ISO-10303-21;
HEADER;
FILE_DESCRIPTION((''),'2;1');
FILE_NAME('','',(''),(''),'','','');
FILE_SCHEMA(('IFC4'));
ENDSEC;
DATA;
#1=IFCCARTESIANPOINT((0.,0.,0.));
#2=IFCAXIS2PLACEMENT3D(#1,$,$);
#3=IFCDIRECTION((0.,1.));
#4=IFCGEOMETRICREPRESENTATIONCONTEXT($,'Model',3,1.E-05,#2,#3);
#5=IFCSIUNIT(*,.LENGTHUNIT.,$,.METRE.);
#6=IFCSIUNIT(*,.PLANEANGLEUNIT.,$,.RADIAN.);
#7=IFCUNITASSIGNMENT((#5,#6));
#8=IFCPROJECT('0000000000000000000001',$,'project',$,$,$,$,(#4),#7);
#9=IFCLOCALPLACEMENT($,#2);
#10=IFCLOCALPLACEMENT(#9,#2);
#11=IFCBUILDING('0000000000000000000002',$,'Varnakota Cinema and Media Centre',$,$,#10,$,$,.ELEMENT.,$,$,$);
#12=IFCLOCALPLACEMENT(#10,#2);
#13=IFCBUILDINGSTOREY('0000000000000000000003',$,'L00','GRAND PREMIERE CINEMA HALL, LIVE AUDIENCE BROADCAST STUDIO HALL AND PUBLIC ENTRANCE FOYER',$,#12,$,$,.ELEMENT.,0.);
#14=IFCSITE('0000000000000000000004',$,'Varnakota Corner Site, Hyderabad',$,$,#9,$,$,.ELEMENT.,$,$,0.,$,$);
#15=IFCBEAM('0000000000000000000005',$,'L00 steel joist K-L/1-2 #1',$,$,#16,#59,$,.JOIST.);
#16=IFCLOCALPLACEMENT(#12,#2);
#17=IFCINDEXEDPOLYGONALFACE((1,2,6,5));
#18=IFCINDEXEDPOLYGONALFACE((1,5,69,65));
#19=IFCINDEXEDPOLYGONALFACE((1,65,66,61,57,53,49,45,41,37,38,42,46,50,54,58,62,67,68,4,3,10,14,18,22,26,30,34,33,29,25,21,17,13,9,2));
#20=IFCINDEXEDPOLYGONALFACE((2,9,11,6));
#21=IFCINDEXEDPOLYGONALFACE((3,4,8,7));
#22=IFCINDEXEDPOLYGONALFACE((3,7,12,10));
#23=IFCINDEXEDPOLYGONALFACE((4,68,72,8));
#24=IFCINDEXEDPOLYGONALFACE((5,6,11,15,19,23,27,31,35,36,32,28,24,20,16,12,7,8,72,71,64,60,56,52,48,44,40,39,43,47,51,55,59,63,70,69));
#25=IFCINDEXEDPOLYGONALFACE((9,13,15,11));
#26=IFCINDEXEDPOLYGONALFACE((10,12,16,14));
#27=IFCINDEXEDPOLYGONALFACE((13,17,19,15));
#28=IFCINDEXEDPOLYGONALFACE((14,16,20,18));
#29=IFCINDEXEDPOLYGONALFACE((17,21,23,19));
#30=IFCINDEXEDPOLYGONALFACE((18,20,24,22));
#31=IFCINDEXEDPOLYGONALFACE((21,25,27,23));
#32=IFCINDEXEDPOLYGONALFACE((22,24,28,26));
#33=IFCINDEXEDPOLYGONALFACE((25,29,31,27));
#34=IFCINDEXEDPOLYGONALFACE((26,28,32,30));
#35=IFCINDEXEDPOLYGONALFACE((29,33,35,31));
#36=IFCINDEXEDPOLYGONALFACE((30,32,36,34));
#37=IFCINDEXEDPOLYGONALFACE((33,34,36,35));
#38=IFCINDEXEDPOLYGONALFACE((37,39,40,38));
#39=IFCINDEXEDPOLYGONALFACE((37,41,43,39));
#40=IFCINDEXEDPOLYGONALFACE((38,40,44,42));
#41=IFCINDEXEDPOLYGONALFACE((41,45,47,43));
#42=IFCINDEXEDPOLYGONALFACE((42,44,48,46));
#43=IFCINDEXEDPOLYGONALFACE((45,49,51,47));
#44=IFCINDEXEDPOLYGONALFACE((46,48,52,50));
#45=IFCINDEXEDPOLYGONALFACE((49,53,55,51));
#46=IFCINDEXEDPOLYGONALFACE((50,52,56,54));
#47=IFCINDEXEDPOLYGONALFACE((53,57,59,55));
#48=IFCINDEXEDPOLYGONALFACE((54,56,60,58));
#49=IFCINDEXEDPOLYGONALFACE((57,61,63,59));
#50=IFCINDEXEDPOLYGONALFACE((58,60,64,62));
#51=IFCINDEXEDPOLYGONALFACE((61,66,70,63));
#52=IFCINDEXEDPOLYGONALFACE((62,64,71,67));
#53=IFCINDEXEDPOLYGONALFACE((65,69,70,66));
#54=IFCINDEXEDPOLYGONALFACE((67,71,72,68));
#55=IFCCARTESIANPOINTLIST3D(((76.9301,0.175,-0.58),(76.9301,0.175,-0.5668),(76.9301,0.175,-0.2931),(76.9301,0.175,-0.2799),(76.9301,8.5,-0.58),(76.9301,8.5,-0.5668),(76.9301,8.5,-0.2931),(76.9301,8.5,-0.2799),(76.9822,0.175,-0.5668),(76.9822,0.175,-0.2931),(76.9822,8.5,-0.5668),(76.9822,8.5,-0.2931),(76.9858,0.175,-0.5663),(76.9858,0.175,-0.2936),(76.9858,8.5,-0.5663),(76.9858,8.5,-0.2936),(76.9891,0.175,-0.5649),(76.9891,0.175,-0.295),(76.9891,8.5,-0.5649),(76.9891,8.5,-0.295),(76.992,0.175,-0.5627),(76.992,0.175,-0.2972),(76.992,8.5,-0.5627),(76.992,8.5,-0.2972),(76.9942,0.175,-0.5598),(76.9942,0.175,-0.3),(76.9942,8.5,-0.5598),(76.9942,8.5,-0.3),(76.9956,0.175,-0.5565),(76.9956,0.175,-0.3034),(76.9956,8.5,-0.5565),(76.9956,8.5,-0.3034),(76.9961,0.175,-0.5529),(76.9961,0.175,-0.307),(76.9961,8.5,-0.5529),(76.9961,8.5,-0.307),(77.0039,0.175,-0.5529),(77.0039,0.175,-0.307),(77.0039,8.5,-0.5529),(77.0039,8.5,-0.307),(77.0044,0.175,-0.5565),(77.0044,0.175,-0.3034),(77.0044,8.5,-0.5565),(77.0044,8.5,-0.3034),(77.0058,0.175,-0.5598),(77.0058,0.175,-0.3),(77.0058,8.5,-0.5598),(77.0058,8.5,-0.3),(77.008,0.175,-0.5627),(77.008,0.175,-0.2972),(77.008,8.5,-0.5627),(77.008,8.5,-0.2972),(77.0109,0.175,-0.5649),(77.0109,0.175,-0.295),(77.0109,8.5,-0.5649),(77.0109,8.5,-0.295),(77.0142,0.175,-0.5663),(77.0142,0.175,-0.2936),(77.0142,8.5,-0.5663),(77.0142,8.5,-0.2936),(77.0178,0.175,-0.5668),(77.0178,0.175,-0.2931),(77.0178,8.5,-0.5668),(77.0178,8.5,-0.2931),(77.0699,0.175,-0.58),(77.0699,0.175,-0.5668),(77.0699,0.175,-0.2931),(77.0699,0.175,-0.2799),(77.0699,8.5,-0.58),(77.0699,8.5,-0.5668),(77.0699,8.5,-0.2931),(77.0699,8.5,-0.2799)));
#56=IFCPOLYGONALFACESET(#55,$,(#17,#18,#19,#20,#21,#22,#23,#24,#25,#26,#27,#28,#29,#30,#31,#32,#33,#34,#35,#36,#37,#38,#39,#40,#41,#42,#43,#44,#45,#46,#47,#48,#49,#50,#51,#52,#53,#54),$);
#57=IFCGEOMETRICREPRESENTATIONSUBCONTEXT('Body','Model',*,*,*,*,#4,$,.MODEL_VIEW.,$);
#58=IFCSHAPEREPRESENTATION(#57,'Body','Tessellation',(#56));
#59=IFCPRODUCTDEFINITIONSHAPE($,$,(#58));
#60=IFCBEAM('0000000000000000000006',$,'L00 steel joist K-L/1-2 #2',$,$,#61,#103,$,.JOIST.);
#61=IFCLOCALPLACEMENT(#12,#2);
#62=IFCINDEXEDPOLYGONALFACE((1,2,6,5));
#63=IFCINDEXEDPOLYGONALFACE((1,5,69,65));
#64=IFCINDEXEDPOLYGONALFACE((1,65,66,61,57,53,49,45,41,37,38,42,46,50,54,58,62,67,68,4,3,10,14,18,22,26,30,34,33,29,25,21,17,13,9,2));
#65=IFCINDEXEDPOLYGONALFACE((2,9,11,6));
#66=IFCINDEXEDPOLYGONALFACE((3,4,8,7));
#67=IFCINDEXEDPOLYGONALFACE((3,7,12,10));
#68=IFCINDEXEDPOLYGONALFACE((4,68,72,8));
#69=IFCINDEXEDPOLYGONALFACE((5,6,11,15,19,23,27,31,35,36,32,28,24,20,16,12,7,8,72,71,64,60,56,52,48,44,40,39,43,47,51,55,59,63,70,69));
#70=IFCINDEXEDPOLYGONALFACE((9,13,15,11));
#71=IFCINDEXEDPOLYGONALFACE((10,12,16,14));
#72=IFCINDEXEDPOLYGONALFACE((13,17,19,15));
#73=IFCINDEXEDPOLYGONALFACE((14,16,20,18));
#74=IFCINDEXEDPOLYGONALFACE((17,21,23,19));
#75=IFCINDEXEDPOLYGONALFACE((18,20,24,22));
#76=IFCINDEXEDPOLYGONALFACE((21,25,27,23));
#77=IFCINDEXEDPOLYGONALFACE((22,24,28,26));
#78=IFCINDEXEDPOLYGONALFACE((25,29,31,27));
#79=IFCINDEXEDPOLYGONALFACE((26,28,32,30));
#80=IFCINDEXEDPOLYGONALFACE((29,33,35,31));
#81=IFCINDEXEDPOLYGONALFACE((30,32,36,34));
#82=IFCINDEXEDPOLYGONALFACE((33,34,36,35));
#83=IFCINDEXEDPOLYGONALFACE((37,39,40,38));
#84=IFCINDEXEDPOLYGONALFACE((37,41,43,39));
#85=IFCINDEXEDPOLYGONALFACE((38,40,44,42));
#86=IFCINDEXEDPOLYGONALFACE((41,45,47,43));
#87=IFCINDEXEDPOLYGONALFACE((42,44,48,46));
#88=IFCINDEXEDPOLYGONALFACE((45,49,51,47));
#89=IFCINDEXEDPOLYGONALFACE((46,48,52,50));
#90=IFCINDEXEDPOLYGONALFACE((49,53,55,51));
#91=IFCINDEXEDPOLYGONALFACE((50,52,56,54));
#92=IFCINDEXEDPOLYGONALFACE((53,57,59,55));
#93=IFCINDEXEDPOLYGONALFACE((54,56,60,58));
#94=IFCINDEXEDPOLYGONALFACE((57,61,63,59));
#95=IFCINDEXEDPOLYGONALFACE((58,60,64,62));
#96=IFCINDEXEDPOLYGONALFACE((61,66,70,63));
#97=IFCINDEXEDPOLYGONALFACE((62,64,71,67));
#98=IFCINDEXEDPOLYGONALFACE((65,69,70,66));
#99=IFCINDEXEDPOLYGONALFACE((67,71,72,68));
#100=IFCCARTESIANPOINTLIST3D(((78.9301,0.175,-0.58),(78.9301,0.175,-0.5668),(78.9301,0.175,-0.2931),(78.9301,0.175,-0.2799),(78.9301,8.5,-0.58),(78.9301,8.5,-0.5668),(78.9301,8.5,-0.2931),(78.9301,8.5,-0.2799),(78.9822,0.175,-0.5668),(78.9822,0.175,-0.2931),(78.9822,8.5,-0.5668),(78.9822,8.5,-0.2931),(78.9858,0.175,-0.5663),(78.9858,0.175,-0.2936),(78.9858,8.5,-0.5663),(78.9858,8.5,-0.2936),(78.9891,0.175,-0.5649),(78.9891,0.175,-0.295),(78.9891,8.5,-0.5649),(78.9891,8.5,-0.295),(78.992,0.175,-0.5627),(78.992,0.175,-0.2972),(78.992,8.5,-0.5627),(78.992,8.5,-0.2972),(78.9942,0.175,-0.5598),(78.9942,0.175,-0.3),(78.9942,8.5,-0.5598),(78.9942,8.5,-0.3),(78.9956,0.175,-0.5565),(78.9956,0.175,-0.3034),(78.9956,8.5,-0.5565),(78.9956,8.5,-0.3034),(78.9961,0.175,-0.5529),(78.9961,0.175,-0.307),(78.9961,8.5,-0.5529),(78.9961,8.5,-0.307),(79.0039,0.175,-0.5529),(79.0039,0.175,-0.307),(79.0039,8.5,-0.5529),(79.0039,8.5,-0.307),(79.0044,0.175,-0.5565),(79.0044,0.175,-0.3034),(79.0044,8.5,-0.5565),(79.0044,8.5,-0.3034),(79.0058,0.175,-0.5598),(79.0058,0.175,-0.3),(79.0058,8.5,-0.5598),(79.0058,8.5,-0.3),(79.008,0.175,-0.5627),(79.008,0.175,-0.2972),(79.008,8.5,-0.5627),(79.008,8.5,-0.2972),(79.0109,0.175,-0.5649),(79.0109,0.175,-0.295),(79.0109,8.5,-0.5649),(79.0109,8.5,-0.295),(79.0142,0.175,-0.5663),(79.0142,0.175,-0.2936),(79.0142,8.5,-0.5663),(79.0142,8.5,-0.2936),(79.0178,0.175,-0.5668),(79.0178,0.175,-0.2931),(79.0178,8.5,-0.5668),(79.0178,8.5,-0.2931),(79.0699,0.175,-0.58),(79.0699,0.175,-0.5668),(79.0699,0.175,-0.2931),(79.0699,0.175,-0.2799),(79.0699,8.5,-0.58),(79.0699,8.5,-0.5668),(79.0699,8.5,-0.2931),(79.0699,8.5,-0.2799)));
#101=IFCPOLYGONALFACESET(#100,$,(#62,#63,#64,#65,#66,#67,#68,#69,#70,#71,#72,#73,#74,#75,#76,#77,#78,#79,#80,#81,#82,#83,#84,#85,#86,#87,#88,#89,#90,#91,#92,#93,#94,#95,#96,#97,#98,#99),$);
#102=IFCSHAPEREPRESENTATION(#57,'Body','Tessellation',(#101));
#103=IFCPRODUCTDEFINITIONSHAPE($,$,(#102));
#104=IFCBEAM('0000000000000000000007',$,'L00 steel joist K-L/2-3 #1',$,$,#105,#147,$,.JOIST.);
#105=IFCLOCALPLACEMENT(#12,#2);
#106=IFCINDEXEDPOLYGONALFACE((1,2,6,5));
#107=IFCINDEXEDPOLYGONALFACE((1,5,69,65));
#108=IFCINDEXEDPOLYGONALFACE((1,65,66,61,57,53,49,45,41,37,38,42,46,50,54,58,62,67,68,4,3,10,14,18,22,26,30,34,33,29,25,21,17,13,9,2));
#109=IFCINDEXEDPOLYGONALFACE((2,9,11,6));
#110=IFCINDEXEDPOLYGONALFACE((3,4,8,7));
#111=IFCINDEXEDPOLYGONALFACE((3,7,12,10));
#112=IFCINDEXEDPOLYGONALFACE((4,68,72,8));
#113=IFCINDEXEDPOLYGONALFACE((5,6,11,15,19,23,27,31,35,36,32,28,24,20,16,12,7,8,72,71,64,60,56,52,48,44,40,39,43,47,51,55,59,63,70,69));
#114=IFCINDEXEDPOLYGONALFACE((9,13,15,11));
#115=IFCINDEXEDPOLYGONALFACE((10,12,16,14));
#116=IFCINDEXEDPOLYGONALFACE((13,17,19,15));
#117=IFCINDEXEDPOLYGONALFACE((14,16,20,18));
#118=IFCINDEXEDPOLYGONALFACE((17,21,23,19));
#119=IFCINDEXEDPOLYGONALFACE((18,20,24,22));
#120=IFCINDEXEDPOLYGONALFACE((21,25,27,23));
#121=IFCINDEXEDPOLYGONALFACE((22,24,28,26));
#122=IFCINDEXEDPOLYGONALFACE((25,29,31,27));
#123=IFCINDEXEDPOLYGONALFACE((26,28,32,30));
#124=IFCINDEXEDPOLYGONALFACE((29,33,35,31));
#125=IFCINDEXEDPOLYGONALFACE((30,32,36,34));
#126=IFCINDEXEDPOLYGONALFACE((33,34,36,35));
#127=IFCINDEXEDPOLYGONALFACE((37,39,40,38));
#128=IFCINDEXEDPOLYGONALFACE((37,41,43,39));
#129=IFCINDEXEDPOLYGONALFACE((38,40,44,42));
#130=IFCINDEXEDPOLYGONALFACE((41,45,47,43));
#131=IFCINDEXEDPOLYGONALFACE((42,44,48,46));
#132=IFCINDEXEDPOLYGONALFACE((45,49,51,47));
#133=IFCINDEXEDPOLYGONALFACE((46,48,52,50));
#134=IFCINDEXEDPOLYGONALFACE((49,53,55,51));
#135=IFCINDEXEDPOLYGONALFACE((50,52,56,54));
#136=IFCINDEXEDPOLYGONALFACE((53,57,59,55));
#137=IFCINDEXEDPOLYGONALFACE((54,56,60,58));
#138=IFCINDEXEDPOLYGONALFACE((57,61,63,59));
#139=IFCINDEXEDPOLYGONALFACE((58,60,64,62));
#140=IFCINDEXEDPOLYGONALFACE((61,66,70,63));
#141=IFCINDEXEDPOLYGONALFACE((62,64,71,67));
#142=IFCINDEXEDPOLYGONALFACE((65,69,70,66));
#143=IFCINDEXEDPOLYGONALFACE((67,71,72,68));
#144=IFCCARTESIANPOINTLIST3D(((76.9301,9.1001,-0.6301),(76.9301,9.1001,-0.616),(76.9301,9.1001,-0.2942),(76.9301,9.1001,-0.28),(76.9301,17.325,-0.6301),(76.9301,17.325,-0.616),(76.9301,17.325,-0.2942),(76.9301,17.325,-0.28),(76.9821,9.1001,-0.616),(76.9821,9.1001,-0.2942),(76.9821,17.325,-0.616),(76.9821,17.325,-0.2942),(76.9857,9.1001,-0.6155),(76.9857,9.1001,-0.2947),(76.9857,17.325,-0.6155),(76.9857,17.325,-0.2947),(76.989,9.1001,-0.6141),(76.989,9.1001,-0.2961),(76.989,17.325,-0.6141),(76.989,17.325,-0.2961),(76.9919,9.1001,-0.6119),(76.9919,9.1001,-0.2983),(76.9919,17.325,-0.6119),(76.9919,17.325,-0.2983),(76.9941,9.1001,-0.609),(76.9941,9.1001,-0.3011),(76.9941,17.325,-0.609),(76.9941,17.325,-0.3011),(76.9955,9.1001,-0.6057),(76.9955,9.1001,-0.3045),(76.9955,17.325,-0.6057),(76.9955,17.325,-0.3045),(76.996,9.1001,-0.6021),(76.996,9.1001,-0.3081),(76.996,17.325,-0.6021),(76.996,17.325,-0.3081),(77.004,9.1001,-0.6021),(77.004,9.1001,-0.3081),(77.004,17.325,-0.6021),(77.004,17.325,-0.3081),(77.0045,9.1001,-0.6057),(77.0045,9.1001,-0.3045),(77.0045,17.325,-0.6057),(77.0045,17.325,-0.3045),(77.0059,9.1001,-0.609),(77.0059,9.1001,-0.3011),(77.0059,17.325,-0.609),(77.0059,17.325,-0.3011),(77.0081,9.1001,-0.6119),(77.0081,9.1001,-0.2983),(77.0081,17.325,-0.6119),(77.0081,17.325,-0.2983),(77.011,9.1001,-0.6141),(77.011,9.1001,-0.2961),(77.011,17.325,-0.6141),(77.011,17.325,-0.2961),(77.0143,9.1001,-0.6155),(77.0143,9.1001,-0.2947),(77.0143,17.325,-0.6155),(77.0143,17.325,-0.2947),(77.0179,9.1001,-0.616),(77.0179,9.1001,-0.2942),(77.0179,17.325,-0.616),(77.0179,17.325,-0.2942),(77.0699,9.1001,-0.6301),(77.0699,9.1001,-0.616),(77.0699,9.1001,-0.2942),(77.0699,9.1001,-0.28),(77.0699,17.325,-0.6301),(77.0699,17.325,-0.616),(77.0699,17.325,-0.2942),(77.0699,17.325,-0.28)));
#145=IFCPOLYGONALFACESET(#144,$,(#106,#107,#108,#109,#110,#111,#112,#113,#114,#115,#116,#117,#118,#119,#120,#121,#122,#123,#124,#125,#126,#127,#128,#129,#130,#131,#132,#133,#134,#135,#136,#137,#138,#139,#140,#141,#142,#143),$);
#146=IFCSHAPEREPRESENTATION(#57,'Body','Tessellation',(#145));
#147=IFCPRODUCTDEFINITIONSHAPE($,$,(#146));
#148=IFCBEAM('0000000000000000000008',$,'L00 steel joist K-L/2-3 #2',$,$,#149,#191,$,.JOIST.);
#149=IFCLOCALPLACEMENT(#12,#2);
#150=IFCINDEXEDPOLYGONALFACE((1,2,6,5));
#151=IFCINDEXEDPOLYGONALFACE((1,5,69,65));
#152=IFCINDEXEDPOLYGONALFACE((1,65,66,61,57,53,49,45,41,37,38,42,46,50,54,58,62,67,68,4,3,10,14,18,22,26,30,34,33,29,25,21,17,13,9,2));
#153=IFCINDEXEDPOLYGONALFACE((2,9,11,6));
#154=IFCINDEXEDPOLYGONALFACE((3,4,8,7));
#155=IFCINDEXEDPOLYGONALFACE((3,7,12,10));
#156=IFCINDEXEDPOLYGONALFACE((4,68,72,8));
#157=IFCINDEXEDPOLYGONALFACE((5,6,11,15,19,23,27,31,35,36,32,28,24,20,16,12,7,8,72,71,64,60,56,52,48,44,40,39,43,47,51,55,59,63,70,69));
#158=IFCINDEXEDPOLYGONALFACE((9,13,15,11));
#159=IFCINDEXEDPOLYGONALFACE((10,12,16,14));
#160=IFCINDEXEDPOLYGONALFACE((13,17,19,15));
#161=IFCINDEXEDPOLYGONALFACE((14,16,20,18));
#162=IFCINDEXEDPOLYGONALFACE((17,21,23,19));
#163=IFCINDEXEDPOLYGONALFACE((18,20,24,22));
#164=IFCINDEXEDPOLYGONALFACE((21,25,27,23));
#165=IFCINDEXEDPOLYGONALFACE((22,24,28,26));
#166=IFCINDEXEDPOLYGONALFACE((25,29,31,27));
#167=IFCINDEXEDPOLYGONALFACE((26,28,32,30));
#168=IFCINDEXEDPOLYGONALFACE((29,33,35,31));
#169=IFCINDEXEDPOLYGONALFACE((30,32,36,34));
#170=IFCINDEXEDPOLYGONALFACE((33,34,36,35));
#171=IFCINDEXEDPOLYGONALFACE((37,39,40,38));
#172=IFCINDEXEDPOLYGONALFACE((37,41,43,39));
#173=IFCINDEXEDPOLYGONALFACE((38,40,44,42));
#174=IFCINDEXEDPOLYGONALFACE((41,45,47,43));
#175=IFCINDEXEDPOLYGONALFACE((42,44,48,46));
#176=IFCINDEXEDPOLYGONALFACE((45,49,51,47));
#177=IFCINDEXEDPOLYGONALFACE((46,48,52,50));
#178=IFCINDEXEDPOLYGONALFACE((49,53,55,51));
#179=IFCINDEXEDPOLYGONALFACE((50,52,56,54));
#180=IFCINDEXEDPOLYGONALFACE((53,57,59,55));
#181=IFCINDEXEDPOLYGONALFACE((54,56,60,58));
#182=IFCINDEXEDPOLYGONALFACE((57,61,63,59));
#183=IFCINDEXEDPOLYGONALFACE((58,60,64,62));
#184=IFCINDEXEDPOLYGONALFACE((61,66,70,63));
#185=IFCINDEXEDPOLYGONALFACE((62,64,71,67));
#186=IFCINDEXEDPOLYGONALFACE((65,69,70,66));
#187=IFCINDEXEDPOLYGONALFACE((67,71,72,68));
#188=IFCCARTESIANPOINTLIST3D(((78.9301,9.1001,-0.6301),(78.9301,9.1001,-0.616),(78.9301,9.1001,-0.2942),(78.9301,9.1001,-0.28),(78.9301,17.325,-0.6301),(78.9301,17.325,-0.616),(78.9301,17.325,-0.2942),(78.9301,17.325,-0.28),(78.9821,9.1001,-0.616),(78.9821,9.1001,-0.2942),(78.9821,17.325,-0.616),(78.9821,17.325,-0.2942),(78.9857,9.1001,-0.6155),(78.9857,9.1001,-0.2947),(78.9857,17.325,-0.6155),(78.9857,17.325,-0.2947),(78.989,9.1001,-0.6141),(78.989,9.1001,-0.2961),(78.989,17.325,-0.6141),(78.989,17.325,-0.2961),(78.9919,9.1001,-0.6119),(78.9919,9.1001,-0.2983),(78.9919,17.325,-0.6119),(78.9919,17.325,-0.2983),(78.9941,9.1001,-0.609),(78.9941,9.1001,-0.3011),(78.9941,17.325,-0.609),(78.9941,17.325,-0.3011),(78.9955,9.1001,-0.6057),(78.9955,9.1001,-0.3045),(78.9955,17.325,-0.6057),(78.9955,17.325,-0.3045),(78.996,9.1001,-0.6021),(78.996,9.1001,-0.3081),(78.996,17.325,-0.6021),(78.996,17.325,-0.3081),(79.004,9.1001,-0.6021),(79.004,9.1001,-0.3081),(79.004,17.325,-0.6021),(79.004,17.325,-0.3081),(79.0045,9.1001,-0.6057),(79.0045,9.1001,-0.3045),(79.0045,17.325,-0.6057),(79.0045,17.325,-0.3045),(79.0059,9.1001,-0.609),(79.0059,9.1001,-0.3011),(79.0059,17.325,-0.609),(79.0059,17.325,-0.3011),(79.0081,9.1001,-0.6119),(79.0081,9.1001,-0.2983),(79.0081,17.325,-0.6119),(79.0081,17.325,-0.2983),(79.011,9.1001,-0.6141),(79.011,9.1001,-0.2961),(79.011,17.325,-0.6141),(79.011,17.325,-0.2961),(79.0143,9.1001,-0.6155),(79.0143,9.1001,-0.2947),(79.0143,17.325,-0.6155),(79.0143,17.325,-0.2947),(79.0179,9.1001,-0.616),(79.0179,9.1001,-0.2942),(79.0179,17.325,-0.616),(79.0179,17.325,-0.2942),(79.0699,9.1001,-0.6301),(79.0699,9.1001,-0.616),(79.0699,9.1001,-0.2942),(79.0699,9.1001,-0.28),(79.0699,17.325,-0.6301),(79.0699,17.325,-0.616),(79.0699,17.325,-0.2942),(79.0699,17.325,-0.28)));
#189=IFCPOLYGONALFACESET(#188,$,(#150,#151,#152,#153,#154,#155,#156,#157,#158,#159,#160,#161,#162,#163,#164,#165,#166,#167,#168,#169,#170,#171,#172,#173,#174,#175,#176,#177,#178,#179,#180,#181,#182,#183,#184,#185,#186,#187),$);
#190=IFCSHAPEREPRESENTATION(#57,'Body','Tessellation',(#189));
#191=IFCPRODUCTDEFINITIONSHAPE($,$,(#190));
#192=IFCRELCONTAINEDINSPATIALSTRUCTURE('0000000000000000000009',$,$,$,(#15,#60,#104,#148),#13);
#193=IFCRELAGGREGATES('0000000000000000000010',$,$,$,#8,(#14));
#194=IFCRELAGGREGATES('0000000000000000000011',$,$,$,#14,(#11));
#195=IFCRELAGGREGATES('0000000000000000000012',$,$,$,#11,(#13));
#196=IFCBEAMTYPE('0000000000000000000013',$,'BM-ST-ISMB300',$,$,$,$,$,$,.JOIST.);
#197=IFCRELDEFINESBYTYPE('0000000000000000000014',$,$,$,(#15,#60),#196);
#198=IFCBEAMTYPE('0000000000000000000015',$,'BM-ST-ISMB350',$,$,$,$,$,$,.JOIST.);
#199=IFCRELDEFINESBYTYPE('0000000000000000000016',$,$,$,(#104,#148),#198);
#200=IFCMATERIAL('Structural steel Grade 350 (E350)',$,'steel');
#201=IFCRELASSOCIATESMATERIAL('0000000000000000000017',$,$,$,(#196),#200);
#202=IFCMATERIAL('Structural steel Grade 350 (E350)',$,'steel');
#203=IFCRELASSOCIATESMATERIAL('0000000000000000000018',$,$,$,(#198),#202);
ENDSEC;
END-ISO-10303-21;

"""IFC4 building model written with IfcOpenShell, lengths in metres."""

from ifc_helpers import new_model, si_unit, direction, frame, origin, origin_2d, place, context, subcontext, project, spatial, i_section, extrude, material, material_profile, profile_set, type_object, element, save


model = new_model("IFC4")

# Units and contexts
model_context = context("Model", 3, precision=1e-05, world=origin(), true_north=direction((0.0, 1.0)))
body_context = subcontext(model_context, "Body", "Model", "MODEL_VIEW")
ifc_project = project(units=[si_unit("LENGTHUNIT", "METRE"), si_unit("PLANEANGLEUNIT", "RADIAN")], contexts=[model_context])

# Site, building, storey
site_placement = place(None, origin())
site = spatial("IfcSite", under=ifc_project, at=site_placement, Name="Varnakota Corner Site, Hyderabad", CompositionType="ELEMENT", RefElevation=0.0)
building_placement = place(site_placement, origin())
building = spatial("IfcBuilding", under=site, at=building_placement, Name="Varnakota Cinema and Media Centre", CompositionType="ELEMENT")
storey_placement = place(building_placement, origin())
storey = spatial("IfcBuildingStorey", under=building, at=storey_placement, Name="L00", Description="GRAND PREMIERE CINEMA HALL, LIVE AUDIENCE BROADCAST STUDIO HALL AND PUBLIC ENTRANCE FOYER", CompositionType="ELEMENT", Elevation=0.0)

# Beams
ifc_material_1 = material(Name="Structural steel Grade 350 (E350)", Category="steel")
ifc_material_profile_1 = material_profile(ifc_material_1, i_section(OverallWidth=0.1399, OverallDepth=0.3, WebThickness=0.0078, FlangeThickness=0.0132, FilletRadius=0.0139, at=origin_2d()), Name="ISMB 300")
ifc_profile_set_1 = profile_set([ifc_material_profile_1], Name="Structural steel Grade 350 (E350)")
beam_type_1 = type_object("IfcBeamType", Name="BM-ST-ISMB300", PredefinedType="JOIST", material=ifc_profile_set_1)
for number, where, z_axis, x_axis, name in (
    (1, (77.0, 0.175, -0.4299), (0.0, 1.0, 0.0), (-1.0, 0.0, 0.0), "L00 steel joist K-L/1-2 #1"),
    (2, (79.0, 0.175, -0.4299), (0.0, 1.0, 0.0), (-1.0, 0.0, 0.0), "L00 steel joist K-L/1-2 #2"),
):
    element("IfcBeam", number, at=place(storey_placement, frame(where, z_axis=z_axis, x_axis=x_axis)), inside=storey, type_object=beam_type_1, Name=name, PredefinedType="JOIST", context=body_context, shape_type="SweptSolid", body=[
        extrude(i_section(OverallWidth=0.1399, OverallDepth=0.3, WebThickness=0.0078, FlangeThickness=0.0132, FilletRadius=0.0139, at=origin_2d()), origin(), (0.0, 0.0, 1.0), 8.325),
    ])
ifc_material_2 = material(Name="Structural steel Grade 350 (E350)", Category="steel")
ifc_material_profile_2 = material_profile(ifc_material_2, i_section(OverallWidth=0.1399, OverallDepth=0.3501, WebThickness=0.0081, FlangeThickness=0.0142, FilletRadius=0.0139, at=origin_2d()), Name="ISMB 350")
ifc_profile_set_2 = profile_set([ifc_material_profile_2], Name="Structural steel Grade 350 (E350)")
beam_type_2 = type_object("IfcBeamType", Name="BM-ST-ISMB350", PredefinedType="JOIST", material=ifc_profile_set_2)
for number, where, z_axis, x_axis, name in (
    (3, (77.0, 9.1001, -0.4551), (0.0, 1.0, 0.0), (-1.0, 0.0, 0.0), "L00 steel joist K-L/2-3 #1"),
    (4, (79.0, 9.1001, -0.4551), (0.0, 1.0, 0.0), (-1.0, 0.0, 0.0), "L00 steel joist K-L/2-3 #2"),
):
    element("IfcBeam", number, at=place(storey_placement, frame(where, z_axis=z_axis, x_axis=x_axis)), inside=storey, type_object=beam_type_2, Name=name, PredefinedType="JOIST", context=body_context, shape_type="SweptSolid", body=[
        extrude(i_section(OverallWidth=0.1399, OverallDepth=0.3501, WebThickness=0.0081, FlangeThickness=0.0142, FilletRadius=0.0139, at=origin_2d()), origin(), (0.0, 0.0, 1.0), 8.2249),
    ])

save(model, "model.ifc")
